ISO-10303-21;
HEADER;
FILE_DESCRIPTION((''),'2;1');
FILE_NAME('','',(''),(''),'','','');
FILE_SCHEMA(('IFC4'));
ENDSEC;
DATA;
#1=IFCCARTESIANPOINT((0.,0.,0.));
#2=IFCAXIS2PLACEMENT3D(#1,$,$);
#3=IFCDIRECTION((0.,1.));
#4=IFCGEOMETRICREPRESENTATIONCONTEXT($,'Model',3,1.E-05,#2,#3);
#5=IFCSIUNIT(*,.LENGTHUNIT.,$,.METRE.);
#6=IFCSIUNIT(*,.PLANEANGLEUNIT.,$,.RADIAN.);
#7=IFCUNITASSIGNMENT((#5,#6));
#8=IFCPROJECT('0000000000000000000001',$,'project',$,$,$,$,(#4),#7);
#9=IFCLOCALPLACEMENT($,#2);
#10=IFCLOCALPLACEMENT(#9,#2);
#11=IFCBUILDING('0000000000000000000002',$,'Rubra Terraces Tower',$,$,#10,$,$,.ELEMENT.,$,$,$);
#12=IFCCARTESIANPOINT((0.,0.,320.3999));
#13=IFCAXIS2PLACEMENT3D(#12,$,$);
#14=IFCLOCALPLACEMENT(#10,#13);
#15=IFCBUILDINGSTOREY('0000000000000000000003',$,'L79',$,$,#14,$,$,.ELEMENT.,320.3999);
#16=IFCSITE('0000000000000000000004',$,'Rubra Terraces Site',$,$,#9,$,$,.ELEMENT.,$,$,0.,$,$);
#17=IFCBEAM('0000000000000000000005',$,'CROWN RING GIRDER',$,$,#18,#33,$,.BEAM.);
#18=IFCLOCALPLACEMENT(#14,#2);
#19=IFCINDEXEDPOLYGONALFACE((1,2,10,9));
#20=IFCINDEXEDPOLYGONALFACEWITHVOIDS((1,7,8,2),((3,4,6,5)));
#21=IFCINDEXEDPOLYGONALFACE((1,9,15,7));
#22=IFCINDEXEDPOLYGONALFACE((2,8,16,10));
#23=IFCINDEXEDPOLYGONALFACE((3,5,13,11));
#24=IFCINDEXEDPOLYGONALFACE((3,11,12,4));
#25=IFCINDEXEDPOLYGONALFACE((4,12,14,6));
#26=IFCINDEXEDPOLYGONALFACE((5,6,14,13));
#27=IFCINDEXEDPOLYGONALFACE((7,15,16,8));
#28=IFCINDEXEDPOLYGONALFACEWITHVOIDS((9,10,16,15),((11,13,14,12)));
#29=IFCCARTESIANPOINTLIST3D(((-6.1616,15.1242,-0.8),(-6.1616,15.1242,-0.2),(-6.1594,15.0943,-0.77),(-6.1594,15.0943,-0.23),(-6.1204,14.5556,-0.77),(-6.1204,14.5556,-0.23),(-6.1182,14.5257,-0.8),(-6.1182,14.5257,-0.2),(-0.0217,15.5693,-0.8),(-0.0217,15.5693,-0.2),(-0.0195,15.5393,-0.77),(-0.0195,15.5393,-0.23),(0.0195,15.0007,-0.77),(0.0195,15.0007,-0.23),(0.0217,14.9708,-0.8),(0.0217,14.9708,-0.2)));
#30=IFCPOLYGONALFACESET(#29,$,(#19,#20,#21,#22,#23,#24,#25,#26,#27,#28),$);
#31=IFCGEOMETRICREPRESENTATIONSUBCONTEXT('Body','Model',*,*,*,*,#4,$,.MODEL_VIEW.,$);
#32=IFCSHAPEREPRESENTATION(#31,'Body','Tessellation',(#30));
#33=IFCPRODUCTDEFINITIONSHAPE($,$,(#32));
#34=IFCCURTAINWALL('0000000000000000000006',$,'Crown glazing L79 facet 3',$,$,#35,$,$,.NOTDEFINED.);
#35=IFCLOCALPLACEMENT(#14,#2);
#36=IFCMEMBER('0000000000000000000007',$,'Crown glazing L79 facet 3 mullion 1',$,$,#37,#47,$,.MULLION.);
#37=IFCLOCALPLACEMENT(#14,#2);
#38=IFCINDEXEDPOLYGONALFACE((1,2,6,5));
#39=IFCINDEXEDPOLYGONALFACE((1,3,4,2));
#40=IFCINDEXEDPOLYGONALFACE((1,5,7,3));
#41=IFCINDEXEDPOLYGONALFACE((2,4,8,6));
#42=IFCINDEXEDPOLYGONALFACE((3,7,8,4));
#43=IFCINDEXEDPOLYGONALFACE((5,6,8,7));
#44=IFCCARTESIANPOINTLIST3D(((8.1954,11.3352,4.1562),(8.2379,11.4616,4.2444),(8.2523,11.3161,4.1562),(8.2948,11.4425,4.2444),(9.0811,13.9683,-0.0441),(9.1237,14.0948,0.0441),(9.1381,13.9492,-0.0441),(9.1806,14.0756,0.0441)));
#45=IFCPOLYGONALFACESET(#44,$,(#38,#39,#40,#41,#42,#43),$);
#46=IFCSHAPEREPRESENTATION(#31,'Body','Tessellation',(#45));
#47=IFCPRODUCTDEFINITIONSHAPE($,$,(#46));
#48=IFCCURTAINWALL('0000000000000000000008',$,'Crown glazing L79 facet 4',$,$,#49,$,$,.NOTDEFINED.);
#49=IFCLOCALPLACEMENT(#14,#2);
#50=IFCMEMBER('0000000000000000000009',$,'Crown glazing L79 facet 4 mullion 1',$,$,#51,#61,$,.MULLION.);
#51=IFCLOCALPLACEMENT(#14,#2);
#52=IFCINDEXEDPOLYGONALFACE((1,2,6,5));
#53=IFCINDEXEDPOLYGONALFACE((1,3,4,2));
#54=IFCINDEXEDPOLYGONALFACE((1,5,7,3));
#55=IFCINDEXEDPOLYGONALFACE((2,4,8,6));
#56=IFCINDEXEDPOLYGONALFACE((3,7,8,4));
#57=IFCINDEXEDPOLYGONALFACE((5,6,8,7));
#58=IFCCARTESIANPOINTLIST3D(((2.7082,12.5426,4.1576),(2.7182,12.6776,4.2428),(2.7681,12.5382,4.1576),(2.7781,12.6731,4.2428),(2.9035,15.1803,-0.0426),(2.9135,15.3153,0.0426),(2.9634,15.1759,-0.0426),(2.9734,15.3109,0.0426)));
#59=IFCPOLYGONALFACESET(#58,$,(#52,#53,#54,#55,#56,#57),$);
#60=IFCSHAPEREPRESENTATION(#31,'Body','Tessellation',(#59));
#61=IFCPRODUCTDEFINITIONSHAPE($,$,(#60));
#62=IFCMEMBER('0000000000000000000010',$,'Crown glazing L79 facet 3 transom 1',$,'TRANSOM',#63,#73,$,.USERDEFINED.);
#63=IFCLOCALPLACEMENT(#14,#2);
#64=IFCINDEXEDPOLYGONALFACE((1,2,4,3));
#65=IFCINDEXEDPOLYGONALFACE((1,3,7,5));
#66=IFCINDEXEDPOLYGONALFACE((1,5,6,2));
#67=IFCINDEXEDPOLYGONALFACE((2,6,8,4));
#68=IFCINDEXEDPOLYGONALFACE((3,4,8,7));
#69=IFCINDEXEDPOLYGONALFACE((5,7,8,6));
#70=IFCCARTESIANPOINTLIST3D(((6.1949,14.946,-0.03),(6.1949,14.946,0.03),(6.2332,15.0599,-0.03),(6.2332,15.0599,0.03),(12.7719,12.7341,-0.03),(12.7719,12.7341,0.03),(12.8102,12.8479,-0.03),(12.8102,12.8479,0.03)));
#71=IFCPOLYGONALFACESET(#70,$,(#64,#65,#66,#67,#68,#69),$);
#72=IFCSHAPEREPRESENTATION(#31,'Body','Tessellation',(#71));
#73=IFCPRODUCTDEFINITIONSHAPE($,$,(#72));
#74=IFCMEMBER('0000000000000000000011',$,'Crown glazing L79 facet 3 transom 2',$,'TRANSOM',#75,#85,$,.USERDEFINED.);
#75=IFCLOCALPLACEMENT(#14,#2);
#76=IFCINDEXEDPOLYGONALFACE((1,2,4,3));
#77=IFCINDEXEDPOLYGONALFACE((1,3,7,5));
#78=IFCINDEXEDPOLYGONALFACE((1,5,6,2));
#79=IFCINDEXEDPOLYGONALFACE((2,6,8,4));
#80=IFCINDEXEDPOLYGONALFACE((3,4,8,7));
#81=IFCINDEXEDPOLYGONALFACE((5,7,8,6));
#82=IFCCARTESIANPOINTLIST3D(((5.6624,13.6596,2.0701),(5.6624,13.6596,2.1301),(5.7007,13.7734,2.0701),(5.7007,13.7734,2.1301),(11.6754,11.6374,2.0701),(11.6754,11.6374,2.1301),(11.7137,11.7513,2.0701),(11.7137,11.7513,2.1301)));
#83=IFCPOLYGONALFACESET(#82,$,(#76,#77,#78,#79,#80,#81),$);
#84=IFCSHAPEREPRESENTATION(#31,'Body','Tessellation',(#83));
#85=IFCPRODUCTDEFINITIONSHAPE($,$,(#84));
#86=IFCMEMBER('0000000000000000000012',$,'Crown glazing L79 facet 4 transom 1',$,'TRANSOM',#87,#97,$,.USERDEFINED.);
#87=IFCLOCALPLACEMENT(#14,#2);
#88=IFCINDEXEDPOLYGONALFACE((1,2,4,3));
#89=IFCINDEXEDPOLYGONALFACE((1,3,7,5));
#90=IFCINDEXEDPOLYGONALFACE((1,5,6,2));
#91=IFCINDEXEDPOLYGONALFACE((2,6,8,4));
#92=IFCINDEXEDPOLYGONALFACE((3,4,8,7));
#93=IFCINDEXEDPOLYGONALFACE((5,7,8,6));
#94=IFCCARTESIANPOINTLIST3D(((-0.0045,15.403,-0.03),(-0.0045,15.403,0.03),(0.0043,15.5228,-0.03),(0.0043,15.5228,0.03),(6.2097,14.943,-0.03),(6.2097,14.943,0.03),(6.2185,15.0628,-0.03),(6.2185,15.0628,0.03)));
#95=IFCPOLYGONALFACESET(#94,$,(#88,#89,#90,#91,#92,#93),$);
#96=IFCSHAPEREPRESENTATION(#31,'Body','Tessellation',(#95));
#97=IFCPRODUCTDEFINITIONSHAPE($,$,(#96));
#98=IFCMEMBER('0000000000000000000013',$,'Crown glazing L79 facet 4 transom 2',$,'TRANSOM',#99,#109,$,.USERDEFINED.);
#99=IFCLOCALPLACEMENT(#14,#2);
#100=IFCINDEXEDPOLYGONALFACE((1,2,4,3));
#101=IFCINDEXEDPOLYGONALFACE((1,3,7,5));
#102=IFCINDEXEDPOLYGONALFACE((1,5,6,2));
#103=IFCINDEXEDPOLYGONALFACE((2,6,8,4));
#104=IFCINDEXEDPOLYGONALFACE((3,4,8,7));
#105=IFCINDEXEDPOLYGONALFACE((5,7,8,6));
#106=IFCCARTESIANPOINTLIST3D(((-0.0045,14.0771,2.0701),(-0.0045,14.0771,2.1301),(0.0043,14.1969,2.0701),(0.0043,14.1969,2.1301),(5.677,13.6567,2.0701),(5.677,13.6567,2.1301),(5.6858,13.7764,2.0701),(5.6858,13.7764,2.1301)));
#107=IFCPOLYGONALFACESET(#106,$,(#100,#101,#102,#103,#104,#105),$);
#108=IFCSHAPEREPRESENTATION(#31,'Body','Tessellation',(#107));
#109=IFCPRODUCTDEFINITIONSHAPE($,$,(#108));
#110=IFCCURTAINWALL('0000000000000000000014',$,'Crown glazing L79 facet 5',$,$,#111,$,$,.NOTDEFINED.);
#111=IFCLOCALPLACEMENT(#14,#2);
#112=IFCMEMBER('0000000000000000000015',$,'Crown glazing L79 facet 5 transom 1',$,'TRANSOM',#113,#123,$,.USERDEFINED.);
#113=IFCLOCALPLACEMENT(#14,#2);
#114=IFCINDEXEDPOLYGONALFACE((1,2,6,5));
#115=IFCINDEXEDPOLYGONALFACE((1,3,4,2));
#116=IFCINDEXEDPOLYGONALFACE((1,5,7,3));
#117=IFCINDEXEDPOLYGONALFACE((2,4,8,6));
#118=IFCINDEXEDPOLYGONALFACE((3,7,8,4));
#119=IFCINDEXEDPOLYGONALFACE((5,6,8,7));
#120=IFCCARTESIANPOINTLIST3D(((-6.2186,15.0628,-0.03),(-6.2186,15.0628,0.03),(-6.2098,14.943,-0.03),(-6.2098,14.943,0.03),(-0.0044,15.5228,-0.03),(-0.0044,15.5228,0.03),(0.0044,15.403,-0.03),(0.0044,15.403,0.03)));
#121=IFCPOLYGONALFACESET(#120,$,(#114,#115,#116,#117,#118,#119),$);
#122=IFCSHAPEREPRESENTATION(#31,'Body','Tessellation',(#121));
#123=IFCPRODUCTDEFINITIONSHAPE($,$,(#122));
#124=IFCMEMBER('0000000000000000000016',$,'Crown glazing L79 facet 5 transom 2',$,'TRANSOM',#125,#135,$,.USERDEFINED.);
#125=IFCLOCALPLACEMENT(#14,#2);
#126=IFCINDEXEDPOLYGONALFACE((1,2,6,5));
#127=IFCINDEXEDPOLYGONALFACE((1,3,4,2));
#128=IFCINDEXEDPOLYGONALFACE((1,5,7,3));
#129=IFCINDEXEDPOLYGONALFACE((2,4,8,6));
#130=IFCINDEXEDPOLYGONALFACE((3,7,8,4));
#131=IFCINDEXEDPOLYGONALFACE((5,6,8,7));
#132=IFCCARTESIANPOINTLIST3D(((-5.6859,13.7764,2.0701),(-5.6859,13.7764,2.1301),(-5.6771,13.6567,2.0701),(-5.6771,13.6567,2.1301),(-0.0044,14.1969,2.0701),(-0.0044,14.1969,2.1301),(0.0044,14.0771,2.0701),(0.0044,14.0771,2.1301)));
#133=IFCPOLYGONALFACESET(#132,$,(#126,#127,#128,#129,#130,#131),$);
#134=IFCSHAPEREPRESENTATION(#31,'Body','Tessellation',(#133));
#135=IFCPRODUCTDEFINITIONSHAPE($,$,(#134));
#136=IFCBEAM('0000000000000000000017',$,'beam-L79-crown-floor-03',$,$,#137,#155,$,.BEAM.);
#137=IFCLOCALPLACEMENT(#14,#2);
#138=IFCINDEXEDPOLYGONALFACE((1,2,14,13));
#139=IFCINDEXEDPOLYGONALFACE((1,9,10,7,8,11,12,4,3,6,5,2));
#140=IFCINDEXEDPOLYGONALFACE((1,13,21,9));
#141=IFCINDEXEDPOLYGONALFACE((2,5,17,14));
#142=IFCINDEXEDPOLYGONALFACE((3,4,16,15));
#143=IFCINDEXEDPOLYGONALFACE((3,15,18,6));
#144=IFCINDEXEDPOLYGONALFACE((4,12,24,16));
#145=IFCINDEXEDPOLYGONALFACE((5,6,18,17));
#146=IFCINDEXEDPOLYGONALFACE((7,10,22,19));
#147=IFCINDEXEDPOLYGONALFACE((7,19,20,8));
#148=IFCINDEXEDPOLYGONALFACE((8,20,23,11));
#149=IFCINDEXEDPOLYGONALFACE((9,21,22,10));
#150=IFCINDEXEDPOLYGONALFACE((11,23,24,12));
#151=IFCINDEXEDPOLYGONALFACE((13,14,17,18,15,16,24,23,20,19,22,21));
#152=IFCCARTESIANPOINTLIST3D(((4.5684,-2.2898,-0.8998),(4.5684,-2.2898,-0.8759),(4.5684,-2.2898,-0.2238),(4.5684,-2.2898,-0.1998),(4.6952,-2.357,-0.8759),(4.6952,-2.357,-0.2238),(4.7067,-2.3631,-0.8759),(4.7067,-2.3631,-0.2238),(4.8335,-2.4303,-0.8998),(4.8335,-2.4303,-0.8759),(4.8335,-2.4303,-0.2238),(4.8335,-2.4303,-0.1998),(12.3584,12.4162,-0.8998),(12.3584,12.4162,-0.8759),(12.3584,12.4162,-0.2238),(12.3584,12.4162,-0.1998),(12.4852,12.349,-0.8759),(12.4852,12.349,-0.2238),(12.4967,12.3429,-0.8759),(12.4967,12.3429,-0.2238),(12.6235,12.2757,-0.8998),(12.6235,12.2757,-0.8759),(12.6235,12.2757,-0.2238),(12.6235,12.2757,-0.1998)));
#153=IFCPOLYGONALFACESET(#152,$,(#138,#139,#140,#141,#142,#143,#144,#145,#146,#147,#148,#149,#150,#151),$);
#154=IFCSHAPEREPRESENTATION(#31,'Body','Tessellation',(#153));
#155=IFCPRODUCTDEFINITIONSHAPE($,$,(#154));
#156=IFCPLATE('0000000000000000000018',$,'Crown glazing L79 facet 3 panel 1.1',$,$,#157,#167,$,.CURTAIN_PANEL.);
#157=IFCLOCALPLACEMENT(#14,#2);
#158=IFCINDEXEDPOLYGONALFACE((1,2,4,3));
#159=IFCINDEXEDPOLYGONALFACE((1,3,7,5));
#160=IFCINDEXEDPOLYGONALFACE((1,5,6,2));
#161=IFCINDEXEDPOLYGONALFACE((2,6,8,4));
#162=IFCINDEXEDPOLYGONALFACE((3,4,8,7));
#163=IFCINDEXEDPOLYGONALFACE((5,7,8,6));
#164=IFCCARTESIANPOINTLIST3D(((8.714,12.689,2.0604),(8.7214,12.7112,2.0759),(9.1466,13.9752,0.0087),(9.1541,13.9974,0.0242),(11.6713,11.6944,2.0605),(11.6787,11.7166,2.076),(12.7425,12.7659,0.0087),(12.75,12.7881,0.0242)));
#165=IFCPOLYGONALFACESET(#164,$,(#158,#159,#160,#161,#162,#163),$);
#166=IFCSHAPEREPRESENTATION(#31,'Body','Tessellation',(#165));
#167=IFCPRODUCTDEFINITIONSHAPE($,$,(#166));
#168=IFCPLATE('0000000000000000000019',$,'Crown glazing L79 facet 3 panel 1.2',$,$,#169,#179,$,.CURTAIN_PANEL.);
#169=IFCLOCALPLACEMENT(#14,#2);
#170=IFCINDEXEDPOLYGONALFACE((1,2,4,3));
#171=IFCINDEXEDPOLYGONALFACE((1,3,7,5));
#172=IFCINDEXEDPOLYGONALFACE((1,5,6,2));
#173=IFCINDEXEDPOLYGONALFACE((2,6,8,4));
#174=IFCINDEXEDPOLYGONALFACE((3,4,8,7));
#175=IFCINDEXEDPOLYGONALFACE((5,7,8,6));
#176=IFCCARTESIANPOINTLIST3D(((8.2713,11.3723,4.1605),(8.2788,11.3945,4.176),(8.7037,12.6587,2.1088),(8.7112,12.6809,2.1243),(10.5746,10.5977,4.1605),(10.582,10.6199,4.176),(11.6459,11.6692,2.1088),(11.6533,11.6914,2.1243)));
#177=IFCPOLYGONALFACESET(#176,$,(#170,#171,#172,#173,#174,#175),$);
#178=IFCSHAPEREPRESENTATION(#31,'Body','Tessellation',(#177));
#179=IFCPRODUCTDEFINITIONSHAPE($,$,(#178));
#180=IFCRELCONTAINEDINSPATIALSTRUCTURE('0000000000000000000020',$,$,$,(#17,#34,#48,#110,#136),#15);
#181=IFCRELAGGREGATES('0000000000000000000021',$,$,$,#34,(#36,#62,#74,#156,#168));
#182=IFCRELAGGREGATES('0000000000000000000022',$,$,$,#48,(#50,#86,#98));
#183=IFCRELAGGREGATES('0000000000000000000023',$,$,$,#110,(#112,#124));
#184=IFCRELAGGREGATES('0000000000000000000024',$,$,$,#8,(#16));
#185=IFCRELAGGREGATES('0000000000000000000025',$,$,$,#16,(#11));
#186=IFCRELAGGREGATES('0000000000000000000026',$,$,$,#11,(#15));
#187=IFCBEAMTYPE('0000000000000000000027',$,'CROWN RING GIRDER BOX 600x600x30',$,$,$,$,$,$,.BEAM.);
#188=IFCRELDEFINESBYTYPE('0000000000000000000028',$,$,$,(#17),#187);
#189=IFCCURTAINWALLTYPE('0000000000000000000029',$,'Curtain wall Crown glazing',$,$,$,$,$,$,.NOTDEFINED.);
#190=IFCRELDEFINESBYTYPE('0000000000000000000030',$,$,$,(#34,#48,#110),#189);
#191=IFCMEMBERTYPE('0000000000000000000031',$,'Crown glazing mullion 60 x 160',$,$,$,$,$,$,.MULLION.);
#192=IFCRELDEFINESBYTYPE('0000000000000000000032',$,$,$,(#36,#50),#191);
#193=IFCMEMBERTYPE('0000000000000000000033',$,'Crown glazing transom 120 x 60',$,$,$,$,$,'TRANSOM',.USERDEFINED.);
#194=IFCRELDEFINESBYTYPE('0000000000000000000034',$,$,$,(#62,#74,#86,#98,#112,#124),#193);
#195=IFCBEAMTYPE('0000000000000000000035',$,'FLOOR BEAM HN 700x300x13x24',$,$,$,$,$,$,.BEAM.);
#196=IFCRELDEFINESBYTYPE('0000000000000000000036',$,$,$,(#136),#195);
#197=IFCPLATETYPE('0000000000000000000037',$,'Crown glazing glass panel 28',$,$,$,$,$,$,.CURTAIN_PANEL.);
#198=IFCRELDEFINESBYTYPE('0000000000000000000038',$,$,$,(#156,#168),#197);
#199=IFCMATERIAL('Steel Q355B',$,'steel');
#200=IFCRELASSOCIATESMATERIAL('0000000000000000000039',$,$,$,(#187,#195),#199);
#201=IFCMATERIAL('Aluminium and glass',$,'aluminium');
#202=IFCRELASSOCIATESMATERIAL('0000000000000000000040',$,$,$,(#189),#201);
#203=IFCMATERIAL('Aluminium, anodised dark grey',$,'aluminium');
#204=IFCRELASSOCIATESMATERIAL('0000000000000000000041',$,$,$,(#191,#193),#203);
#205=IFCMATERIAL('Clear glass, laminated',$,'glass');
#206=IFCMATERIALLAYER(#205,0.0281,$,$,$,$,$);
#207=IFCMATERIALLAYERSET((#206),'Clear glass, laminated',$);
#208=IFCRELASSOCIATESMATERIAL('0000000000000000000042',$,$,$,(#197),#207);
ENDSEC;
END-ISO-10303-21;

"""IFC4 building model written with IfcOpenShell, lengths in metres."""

from ifc_helpers import new_model, si_unit, direction, frame, origin, origin_2d, place, context, subcontext, project, spatial, polyline, rectangle, hollow_rectangle, i_section, outline, extrude, material, layer, layer_set, material_profile, profile_set, type_object, element, aggregate, save


model = new_model("IFC4")

# Units and contexts
model_context = context("Model", 3, precision=1e-05, world=origin(), true_north=direction((0.0, 1.0)))
body_context = subcontext(model_context, "Body", "Model", "MODEL_VIEW")
ifc_project = project(units=[si_unit("LENGTHUNIT", "METRE"), si_unit("PLANEANGLEUNIT", "RADIAN")], contexts=[model_context])

# Site, building, storey
site_placement = place(None, origin())
site = spatial("IfcSite", under=ifc_project, at=site_placement, Name="Rubra Terraces Site", CompositionType="ELEMENT", RefElevation=0.0)
building_placement = place(site_placement, origin())
building = spatial("IfcBuilding", under=site, at=building_placement, Name="Rubra Terraces Tower", CompositionType="ELEMENT")
storey_placement = place(building_placement, frame((0.0, 0.0, 320.3999)))
storey = spatial("IfcBuildingStorey", under=building, at=storey_placement, Name="L79", CompositionType="ELEMENT", Elevation=320.3999)

# Shared definitions
ifc_material_1 = material(Name="Steel Q355B", Category="steel")

# Beam
ifc_material_profile_1 = material_profile(ifc_material_1, hollow_rectangle(XDim=0.6001, YDim=0.6001, WallThickness=0.03, at=origin_2d()), Name="BOX 600x600x30")
ifc_profile_set_1 = profile_set([ifc_material_profile_1], Name="Steel Q355B")
beam_type_1 = type_object("IfcBeamType", Name="CROWN RING GIRDER BOX 600x600x30", PredefinedType="BEAM", material=ifc_profile_set_1)
for number, where, z_axis, x_axis, name in (
    (1, (0.0, 15.27, -0.5), (-0.997383, -0.072298, 0.0), (0.072298, -0.997383, 0.0), "CROWN RING GIRDER"),
):
    element("IfcBeam", number, at=place(storey_placement, frame(where, z_axis=z_axis, x_axis=x_axis)), inside=storey, type_object=beam_type_1, Name=name, PredefinedType="BEAM", context=body_context, shape_type="SweptSolid", body=[
        extrude(hollow_rectangle(XDim=0.6001, YDim=0.6001, WallThickness=0.03, at=origin_2d()), origin(), (0.0, 0.0, 1.0), 6.156),
    ])

# Curtain walls, members
ifc_material_2 = material(Name="Aluminium and glass", Category="aluminium")
curtain_wall_type = type_object("IfcCurtainWallType", Name="Curtain wall Crown glazing", PredefinedType="NOTDEFINED", material=ifc_material_2)
curtain_wall_1_placement = place(storey_placement, origin())
curtain_wall_1 = element("IfcCurtainWall", 2, at=curtain_wall_1_placement, inside=storey, type_object=curtain_wall_type, Name="Crown glazing L79 facet 3", PredefinedType="NOTDEFINED")
ifc_material_3 = material(Name="Aluminium, anodised dark grey", Category="aluminium")
ifc_material_profile_2 = material_profile(ifc_material_3, rectangle(XDim=0.0601, YDim=0.1599, at=origin_2d()), Name="AL 60x160")
ifc_profile_set_2 = profile_set([ifc_material_profile_2], Name="Aluminium, anodised dark grey")
member_type_1 = type_object("IfcMemberType", Name="Crown glazing mullion 60 x 160", PredefinedType="MULLION", material=ifc_profile_set_2)
member_1_placement = place(storey_placement, frame((9.1309, 14.022, 0.0), z_axis=(-0.175889, -0.522869, 0.834069), x_axis=(0.94781, -0.318837, 0.0)))
member_1 = element("IfcMember", 3, at=member_1_placement, type_object=member_type_1, Name="Crown glazing L79 facet 3 mullion 1", PredefinedType="MULLION", context=body_context, shape_type="SweptSolid", body=[
    extrude(rectangle(XDim=0.0601, YDim=0.1599, at=origin_2d()), origin(), (0.0, 0.0, 1.0), 5.0359),
])
curtain_wall_2_placement = place(storey_placement, origin())
curtain_wall_2 = element("IfcCurtainWall", 4, at=curtain_wall_2_placement, inside=storey, type_object=curtain_wall_type, Name="Crown glazing L79 facet 4", PredefinedType="NOTDEFINED")
member_2_placement = place(storey_placement, frame((2.9385, 15.2456, 0.0), z_axis=(-0.039349, -0.531409, 0.846201), x_axis=(0.99727, -0.073844, 0.0)))
member_2 = element("IfcMember", 5, at=member_2_placement, type_object=member_type_1, Name="Crown glazing L79 facet 4 mullion 1", PredefinedType="MULLION", context=body_context, shape_type="SweptSolid", body=[
    extrude(rectangle(XDim=0.0601, YDim=0.1599, at=origin_2d()), origin(), (0.0, 0.0, 1.0), 4.9636),
])

# Members
ifc_material_profile_3 = material_profile(ifc_material_3, rectangle(XDim=0.1201, YDim=0.0601, at=origin_2d()), Name="AL 120x60")
ifc_profile_set_3 = profile_set([ifc_material_profile_3], Name="Aluminium, anodised dark grey")
member_type_2 = type_object("IfcMemberType", Name="Crown glazing transom 120 x 60", ElementType="TRANSOM", PredefinedType="USERDEFINED", material=ifc_profile_set_3)
member_3_placement = place(storey_placement, frame((12.791, 12.791, 0.0), z_axis=(-0.947832, 0.31877, 0.0), x_axis=(-0.31877, -0.947832, 0.0)))
member_3 = element("IfcMember", 6, at=member_3_placement, type_object=member_type_2, Name="Crown glazing L79 facet 3 transom 1", ObjectType="TRANSOM", PredefinedType="USERDEFINED", context=body_context, shape_type="SweptSolid", body=[
    extrude(rectangle(XDim=0.1201, YDim=0.0601, at=origin_2d()), origin(), (0.0, 0.0, 1.0), 6.939),
])
member_4_placement = place(storey_placement, frame((11.6946, 11.6943, 2.1001), z_axis=(-0.947837, 0.318755, 0.0), x_axis=(-0.318755, -0.947837, 0.0)))
member_4 = element("IfcMember", 7, at=member_4_placement, type_object=member_type_2, Name="Crown glazing L79 facet 3 transom 2", ObjectType="TRANSOM", PredefinedType="USERDEFINED", context=body_context, shape_type="SweptSolid", body=[
    extrude(rectangle(XDim=0.1201, YDim=0.0601, at=origin_2d()), origin(), (0.0, 0.0, 1.0), 6.344),
])
member_5_placement = place(storey_placement, frame((6.2141, 15.0029, 0.0), z_axis=(-0.997272, 0.073817, 0.0), x_axis=(-0.073817, -0.997272, 0.0)))
member_5 = element("IfcMember", 8, at=member_5_placement, type_object=member_type_2, Name="Crown glazing L79 facet 4 transom 1", ObjectType="TRANSOM", PredefinedType="USERDEFINED", context=body_context, shape_type="SweptSolid", body=[
    extrude(rectangle(XDim=0.1201, YDim=0.0601, at=origin_2d()), origin(), (0.0, 0.0, 1.0), 6.2312),
])
member_6_placement = place(storey_placement, frame((5.6814, 13.7166, 2.1001), z_axis=(-0.997273, 0.073796, 0.0), x_axis=(-0.073796, -0.997273, 0.0)))
member_6 = element("IfcMember", 9, at=member_6_placement, type_object=member_type_2, Name="Crown glazing L79 facet 4 transom 2", ObjectType="TRANSOM", PredefinedType="USERDEFINED", context=body_context, shape_type="SweptSolid", body=[
    extrude(rectangle(XDim=0.1201, YDim=0.0601, at=origin_2d()), origin(), (0.0, 0.0, 1.0), 5.697),
])

# Curtain wall, members
curtain_wall_3_placement = place(storey_placement, origin())
curtain_wall_3 = element("IfcCurtainWall", 10, at=curtain_wall_3_placement, inside=storey, type_object=curtain_wall_type, Name="Crown glazing L79 facet 5", PredefinedType="NOTDEFINED")
member_7_placement = place(storey_placement, frame((0.0, 15.4629, 0.0), z_axis=(-0.997272, -0.073817, 0.0), x_axis=(0.073817, -0.997272, 0.0)))
member_7 = element("IfcMember", 11, at=member_7_placement, type_object=member_type_2, Name="Crown glazing L79 facet 5 transom 1", ObjectType="TRANSOM", PredefinedType="USERDEFINED", context=body_context, shape_type="SweptSolid", body=[
    extrude(rectangle(XDim=0.1201, YDim=0.0601, at=origin_2d()), origin(), (0.0, 0.0, 1.0), 6.2312),
])
member_8_placement = place(storey_placement, frame((0.0, 14.137, 2.1001), z_axis=(-0.997273, -0.073796, 0.0), x_axis=(0.073796, -0.997273, 0.0)))
member_8 = element("IfcMember", 12, at=member_8_placement, type_object=member_type_2, Name="Crown glazing L79 facet 5 transom 2", ObjectType="TRANSOM", PredefinedType="USERDEFINED", context=body_context, shape_type="SweptSolid", body=[
    extrude(rectangle(XDim=0.1201, YDim=0.0601, at=origin_2d()), origin(), (0.0, 0.0, 1.0), 5.697),
])

# Beam
ifc_material_profile_4 = material_profile(ifc_material_1, i_section(OverallWidth=0.3, OverallDepth=0.7, WebThickness=0.0129, FlangeThickness=0.0239, at=origin_2d()), Name="HN 700x300x13x24")
ifc_profile_set_4 = profile_set([ifc_material_profile_4], Name="Steel Q355B")
beam_type_2 = type_object("IfcBeamType", Name="FLOOR BEAM HN 700x300x13x24", PredefinedType="BEAM", material=ifc_profile_set_4)
beam_1_placement = place(storey_placement, frame((12.491, 12.3459, -0.5498), z_axis=(-0.468098, -0.883677, 0.0), x_axis=(0.883677, -0.468098, 0.0)))
element("IfcBeam", 13, at=beam_1_placement, inside=storey, type_object=beam_type_2, Name="beam-L79-crown-floor-03", PredefinedType="BEAM", context=body_context, shape_type="SweptSolid", body=[
    extrude(i_section(OverallWidth=0.3, OverallDepth=0.7, WebThickness=0.0129, FlangeThickness=0.0239, at=origin_2d()), origin(), (0.0, 0.0, 1.0), 16.6418),
])

# Plates
ifc_material_4 = material(Name="Clear glass, laminated", Category="glass")
ifc_layer = layer(ifc_material_4, 0.0281)
ifc_layer_set = layer_set([ifc_layer], Name="Clear glass, laminated")
plate_type = type_object("IfcPlateType", Name="Crown glazing glass panel 28", PredefinedType="CURTAIN_PANEL", material=ifc_layer_set)
plate_1_placement = place(storey_placement, frame((12.75, 12.7881, 0.0242), z_axis=(0.265868, 0.790564, 0.551655), x_axis=(-0.947838, 0.318752, 0.000011)))
plate_1 = element("IfcPlate", 14, at=plate_1_placement, type_object=plate_type, Name="Crown glazing L79 facet 3 panel 1.1", PredefinedType="CURTAIN_PANEL", context=body_context, shape_type="SweptSolid", body=[
    extrude(outline(polyline([(0.0, 0.0), (3.7938, 0.0), (3.7939, 2.4599), (0.6739, 2.46), (0.0, 0.0)])), origin(), (0.0, 0.0, -1.0), 0.0281),
])
plate_2_placement = place(storey_placement, frame((11.6533, 11.6914, 2.1243), z_axis=(0.265881, 0.790542, 0.551679), x_axis=(-0.947829, 0.318779, 0.000003)))
plate_2 = element("IfcPlate", 15, at=plate_2_placement, type_object=plate_type, Name="Crown glazing L79 facet 3 panel 1.2", PredefinedType="CURTAIN_PANEL", context=body_context, shape_type="SweptSolid", body=[
    extrude(outline(polyline([(0.0, 0.0), (3.1041, 0.0), (3.1038, 2.46), (0.6738, 2.46), (0.0, 0.0)])), origin(), (0.0, 0.0, -1.0), 0.0281),
])
aggregate(curtain_wall_1, [member_1, member_3, member_4, plate_1, plate_2])
aggregate(curtain_wall_2, [member_2, member_5, member_6])
aggregate(curtain_wall_3, [member_7, member_8])

save(model, "model.ifc")
